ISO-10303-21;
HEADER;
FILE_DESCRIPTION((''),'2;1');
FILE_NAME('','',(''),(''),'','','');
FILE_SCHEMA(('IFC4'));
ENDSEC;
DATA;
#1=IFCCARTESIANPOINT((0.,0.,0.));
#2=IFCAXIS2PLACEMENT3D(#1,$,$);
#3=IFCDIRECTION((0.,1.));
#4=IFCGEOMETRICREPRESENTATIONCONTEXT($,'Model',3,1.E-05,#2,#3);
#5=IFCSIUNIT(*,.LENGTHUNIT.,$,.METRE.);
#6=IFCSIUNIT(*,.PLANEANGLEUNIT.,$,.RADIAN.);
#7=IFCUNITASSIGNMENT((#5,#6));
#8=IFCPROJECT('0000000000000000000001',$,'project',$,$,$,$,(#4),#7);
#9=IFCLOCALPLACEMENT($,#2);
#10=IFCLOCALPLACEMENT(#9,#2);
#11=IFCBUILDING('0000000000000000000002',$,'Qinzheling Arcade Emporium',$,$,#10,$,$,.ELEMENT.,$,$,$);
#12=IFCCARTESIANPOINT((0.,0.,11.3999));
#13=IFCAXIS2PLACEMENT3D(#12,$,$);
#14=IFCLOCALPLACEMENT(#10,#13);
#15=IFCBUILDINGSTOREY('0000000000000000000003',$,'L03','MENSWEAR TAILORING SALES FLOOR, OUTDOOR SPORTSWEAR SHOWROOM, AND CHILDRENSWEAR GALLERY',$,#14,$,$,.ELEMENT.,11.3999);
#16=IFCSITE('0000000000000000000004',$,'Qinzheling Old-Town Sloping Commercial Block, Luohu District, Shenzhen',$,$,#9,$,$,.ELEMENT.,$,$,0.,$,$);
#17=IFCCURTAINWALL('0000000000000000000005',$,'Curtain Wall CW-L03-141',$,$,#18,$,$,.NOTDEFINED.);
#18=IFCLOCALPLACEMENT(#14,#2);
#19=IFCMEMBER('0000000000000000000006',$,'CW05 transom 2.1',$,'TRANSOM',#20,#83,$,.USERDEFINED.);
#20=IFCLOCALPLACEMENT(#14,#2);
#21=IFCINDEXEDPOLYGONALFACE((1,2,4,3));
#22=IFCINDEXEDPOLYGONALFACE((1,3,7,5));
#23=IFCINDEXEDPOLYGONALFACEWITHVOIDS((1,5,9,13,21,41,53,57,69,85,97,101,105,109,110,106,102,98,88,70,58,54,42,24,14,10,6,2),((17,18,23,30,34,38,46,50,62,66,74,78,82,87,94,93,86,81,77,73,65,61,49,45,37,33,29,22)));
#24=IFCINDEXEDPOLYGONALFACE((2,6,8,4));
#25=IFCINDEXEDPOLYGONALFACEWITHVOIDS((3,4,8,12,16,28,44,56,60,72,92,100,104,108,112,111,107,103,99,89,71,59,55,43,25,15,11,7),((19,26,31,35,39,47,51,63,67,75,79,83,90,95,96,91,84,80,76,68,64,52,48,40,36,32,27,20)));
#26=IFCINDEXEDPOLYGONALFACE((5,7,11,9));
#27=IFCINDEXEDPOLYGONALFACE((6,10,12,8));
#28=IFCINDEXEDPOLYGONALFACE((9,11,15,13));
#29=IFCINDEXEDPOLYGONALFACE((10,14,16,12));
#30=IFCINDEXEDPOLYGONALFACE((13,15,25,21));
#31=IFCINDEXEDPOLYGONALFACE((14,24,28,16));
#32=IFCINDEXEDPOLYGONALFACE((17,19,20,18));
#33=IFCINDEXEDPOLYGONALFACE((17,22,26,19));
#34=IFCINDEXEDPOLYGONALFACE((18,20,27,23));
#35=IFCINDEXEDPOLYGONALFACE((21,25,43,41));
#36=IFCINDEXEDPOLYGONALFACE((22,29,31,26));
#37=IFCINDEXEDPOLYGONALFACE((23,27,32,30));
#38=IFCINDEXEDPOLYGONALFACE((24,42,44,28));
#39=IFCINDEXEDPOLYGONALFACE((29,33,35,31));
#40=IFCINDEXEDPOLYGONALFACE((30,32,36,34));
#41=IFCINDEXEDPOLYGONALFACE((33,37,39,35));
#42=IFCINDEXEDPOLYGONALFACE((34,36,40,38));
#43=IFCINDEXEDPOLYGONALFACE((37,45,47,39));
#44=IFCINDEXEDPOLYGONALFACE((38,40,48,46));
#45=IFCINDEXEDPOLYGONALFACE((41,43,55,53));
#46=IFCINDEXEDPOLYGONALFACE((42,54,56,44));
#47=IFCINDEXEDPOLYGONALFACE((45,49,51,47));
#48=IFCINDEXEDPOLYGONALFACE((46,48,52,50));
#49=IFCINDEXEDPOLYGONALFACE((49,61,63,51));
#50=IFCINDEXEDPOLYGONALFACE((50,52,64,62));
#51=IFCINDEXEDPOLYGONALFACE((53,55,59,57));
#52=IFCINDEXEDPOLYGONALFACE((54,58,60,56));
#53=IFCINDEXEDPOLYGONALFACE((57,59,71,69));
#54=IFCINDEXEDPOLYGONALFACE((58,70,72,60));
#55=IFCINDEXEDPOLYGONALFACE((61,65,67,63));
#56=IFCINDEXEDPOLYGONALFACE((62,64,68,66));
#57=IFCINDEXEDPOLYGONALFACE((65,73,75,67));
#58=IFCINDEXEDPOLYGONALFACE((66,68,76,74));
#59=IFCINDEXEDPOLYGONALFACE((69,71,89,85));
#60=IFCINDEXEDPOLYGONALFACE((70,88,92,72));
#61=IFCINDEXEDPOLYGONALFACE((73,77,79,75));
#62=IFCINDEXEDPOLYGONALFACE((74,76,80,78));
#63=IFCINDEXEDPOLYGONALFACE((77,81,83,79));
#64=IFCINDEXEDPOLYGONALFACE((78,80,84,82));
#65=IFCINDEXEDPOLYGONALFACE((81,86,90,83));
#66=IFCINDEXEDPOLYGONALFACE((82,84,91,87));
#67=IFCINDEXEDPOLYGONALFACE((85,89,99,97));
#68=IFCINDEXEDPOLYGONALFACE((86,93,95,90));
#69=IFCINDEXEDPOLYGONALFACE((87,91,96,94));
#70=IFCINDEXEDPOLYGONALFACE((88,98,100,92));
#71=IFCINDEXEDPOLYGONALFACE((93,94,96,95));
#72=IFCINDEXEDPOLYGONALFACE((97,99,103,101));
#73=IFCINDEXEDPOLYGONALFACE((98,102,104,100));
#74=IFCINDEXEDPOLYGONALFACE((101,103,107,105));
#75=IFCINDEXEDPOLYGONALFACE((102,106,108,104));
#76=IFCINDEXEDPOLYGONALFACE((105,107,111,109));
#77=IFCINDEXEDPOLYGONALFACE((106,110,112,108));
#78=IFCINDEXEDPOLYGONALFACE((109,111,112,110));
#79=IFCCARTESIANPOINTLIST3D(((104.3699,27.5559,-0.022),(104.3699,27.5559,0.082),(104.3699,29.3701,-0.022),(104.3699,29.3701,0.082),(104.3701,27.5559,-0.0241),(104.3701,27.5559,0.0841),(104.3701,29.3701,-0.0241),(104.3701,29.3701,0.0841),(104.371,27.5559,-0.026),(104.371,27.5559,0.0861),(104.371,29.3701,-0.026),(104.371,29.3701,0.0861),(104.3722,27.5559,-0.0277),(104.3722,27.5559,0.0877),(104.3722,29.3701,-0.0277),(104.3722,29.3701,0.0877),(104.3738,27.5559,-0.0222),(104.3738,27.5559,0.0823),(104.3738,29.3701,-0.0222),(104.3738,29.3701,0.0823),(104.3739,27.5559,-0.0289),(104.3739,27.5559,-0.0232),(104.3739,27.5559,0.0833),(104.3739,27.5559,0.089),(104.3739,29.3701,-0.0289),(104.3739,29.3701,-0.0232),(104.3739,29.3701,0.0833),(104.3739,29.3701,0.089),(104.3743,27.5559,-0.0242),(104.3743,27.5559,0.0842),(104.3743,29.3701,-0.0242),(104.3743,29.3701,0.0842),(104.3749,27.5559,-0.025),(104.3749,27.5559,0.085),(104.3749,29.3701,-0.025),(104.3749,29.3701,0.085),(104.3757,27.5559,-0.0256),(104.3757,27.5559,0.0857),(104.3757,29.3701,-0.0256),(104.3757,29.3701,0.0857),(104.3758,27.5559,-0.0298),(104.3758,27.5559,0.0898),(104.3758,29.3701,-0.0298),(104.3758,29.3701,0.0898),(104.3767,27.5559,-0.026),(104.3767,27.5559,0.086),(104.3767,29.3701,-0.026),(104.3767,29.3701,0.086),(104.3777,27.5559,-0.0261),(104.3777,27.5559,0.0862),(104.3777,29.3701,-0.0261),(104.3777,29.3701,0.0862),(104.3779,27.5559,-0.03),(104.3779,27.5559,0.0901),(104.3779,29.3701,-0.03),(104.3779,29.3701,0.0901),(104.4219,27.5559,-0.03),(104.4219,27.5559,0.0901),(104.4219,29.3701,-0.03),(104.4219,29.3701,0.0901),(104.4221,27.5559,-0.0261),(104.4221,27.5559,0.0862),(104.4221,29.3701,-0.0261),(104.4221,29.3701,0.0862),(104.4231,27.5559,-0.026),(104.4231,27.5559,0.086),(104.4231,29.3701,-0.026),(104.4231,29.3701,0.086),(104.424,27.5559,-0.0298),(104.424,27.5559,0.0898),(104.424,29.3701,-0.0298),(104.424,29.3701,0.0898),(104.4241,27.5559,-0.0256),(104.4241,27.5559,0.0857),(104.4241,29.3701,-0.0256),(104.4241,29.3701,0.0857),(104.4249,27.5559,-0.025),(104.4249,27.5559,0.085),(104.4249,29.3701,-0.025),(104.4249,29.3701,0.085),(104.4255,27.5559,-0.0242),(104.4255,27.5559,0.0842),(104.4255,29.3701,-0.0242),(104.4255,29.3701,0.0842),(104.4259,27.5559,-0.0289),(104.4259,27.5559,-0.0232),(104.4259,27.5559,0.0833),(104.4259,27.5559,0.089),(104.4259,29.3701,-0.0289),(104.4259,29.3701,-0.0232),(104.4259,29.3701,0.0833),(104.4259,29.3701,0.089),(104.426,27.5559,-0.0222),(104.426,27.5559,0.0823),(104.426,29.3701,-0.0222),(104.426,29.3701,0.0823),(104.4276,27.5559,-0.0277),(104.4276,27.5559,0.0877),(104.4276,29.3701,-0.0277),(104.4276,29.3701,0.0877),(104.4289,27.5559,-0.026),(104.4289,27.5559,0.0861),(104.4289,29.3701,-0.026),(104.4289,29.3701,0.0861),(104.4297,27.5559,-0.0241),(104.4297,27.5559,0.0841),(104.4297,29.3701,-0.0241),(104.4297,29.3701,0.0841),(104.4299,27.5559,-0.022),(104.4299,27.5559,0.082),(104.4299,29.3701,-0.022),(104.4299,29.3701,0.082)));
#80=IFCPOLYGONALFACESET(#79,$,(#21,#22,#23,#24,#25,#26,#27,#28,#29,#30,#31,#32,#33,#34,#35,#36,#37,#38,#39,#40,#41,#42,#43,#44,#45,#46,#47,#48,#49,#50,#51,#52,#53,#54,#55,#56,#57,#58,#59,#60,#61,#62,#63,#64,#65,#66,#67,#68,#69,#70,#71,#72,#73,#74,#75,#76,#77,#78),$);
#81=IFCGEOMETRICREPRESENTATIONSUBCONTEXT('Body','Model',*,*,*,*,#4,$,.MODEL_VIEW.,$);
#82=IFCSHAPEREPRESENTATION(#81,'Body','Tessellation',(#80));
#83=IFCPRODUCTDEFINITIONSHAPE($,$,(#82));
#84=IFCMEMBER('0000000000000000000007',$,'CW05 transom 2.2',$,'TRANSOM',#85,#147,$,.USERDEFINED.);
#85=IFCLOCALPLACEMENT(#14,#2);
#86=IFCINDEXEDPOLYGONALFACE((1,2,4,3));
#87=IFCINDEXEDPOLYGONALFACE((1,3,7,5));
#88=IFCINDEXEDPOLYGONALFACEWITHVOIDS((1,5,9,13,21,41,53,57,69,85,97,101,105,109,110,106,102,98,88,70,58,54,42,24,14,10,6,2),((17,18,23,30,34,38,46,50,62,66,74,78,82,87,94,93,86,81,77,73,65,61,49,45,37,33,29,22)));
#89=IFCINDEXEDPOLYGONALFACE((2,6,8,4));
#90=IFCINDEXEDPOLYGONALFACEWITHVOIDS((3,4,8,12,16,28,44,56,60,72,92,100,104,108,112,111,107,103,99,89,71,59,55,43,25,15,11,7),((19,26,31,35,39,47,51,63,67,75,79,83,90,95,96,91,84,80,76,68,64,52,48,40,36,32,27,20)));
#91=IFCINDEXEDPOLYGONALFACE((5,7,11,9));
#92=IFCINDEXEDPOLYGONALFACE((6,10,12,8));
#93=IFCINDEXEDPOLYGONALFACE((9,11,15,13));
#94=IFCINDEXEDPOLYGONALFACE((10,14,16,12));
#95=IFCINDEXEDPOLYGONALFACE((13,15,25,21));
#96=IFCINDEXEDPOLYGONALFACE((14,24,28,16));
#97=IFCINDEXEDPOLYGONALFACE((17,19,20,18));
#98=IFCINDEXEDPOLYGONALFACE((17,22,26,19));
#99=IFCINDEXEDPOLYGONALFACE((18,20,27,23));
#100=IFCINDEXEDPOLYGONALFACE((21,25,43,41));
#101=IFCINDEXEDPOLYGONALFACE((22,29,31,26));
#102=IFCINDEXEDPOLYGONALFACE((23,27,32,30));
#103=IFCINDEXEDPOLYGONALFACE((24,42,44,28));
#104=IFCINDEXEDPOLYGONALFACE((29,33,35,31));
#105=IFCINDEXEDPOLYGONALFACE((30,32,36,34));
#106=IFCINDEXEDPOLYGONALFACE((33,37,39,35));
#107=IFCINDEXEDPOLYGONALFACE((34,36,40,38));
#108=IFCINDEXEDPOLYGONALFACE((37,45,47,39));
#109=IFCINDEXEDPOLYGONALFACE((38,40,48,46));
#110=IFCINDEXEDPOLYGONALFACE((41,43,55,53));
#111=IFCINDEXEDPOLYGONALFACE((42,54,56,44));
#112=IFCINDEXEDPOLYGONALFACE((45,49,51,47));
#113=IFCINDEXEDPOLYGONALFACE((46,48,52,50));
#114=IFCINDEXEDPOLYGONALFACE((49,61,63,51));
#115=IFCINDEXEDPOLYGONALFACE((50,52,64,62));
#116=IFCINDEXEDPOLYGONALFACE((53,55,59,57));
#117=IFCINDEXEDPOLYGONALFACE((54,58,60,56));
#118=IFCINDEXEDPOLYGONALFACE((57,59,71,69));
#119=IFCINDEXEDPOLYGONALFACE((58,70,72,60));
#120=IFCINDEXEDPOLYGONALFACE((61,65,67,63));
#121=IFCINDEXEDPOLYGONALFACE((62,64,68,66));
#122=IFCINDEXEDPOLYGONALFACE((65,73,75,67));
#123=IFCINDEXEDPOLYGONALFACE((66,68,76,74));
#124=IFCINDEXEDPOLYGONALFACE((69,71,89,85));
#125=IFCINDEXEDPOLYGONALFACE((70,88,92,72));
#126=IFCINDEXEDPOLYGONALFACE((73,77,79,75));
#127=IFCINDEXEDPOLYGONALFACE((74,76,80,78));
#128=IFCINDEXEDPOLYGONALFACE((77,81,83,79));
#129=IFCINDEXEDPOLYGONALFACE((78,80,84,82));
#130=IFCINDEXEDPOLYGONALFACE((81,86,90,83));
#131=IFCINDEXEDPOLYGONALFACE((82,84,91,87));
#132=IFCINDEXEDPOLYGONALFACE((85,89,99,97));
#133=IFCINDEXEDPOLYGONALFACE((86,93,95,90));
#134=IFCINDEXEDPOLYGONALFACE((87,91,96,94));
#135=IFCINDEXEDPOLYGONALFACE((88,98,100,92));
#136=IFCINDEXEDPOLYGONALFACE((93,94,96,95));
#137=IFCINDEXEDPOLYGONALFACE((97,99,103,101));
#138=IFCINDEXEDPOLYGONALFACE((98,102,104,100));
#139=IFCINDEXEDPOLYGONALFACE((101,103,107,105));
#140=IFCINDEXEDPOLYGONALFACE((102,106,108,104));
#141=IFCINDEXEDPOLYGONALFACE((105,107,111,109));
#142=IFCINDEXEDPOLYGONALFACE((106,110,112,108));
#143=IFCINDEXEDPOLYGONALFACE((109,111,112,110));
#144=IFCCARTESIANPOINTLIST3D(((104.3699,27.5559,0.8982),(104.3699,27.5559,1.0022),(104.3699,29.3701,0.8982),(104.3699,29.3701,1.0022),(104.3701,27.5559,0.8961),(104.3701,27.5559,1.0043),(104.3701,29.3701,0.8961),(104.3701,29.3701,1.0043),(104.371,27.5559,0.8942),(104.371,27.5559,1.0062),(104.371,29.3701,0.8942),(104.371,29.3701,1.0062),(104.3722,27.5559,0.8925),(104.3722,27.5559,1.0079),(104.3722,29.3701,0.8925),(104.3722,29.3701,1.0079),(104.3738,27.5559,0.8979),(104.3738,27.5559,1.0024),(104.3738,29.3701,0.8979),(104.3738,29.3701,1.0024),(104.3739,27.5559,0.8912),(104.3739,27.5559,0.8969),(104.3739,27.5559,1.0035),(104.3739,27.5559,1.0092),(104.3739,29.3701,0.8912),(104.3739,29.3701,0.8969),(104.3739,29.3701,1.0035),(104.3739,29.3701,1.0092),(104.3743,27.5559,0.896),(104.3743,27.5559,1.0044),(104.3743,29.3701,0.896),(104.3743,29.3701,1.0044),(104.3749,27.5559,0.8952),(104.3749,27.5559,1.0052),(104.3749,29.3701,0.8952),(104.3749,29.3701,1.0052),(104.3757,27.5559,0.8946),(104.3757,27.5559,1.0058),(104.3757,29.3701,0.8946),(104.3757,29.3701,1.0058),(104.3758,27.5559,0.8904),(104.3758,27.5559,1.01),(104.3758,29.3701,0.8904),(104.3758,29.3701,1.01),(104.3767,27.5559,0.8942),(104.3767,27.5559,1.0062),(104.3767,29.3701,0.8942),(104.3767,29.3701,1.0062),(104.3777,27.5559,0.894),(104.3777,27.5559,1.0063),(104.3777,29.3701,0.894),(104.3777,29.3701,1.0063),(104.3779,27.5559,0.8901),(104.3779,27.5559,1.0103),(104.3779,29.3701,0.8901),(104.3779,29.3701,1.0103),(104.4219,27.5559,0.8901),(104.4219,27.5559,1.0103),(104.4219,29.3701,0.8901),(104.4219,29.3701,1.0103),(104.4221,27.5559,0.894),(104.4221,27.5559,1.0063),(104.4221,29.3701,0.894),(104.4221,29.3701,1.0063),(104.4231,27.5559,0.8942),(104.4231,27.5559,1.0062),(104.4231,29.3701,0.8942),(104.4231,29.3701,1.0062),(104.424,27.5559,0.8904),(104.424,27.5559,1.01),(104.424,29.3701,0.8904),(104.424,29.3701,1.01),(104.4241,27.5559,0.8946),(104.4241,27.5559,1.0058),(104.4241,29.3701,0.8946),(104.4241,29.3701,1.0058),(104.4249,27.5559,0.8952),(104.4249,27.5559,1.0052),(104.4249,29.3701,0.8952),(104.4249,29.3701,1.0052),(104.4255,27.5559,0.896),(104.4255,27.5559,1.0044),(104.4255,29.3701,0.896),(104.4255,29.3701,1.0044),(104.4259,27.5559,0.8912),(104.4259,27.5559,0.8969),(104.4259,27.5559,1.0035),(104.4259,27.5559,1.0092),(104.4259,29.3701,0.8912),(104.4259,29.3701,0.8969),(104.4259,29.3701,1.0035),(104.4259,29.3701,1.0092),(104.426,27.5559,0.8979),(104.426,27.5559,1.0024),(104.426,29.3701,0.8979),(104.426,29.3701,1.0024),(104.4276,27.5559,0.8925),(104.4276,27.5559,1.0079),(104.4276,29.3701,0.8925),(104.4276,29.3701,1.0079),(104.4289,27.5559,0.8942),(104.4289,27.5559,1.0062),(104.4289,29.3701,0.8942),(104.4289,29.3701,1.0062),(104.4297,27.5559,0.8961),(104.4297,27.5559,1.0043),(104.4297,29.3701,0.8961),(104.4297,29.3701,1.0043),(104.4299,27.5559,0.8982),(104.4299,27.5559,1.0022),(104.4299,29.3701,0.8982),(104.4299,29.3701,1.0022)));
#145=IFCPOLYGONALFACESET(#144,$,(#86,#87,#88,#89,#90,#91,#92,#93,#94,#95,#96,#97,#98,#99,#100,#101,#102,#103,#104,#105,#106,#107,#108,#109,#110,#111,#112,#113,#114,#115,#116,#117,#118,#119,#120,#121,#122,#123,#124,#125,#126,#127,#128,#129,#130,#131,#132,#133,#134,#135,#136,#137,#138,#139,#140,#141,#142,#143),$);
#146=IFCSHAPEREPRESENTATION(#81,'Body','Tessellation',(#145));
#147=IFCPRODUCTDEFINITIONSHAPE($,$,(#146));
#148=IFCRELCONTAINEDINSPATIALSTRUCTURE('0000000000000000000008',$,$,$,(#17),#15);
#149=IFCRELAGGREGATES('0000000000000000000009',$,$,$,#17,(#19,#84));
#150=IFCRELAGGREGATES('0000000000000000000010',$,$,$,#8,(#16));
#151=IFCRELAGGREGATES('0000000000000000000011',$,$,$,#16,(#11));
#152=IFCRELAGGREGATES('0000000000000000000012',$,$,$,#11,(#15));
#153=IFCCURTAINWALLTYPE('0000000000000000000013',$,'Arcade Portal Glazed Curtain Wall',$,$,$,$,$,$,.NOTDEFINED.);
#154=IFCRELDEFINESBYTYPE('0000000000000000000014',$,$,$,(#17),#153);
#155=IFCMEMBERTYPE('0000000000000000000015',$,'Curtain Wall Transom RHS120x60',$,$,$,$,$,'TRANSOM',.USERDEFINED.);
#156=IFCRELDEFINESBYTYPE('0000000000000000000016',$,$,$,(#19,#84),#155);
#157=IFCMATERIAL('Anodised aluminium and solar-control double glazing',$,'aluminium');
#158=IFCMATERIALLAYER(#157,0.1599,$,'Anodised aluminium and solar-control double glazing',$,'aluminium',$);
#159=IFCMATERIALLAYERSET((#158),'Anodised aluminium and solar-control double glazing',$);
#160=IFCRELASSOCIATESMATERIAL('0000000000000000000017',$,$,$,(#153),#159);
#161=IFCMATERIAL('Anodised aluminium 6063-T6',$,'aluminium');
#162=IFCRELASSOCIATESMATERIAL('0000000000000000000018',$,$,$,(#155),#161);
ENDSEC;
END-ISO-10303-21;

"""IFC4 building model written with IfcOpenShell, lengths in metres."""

from ifc_helpers import new_model, si_unit, direction, frame, origin, origin_2d, place, context, subcontext, project, spatial, hollow_rectangle, extrude, material, layer, layer_set, material_profile, profile_set, type_object, element, aggregate, save


model = new_model("IFC4")

# Units and contexts
model_context = context("Model", 3, precision=1e-05, world=origin(), true_north=direction((0.0, 1.0)))
body_context = subcontext(model_context, "Body", "Model", "MODEL_VIEW")
ifc_project = project(units=[si_unit("LENGTHUNIT", "METRE"), si_unit("PLANEANGLEUNIT", "RADIAN")], contexts=[model_context])

# Site, building, storey
site_placement = place(None, origin())
site = spatial("IfcSite", under=ifc_project, at=site_placement, Name="Qinzheling Old-Town Sloping Commercial Block, Luohu District, Shenzhen", CompositionType="ELEMENT", RefElevation=0.0)
building_placement = place(site_placement, origin())
building = spatial("IfcBuilding", under=site, at=building_placement, Name="Qinzheling Arcade Emporium", CompositionType="ELEMENT")
storey_placement = place(building_placement, frame((0.0, 0.0, 11.3999)))
storey = spatial("IfcBuildingStorey", under=building, at=storey_placement, Name="L03", Description="MENSWEAR TAILORING SALES FLOOR, OUTDOOR SPORTSWEAR SHOWROOM, AND CHILDRENSWEAR GALLERY", CompositionType="ELEMENT", Elevation=11.3999)

# Curtain wall, members
ifc_material_1 = material(Name="Anodised aluminium and solar-control double glazing", Category="aluminium")
ifc_layer_1 = layer(ifc_material_1, 0.1599, Name="Anodised aluminium and solar-control double glazing", Category="aluminium")
ifc_layer_set_1 = layer_set([ifc_layer_1], Name="Anodised aluminium and solar-control double glazing")
curtain_wall_type = type_object("IfcCurtainWallType", Name="Arcade Portal Glazed Curtain Wall", PredefinedType="NOTDEFINED", material=ifc_layer_set_1)
curtain_wall_placement = place(storey_placement, origin())
curtain_wall = element("IfcCurtainWall", 1, at=curtain_wall_placement, inside=storey, type_object=curtain_wall_type, Name="Curtain Wall CW-L03-141", PredefinedType="NOTDEFINED")
ifc_material_2 = material(Name="Anodised aluminium 6063-T6", Category="aluminium")
ifc_material_profile_1 = material_profile(ifc_material_2, hollow_rectangle(XDim=0.0601, YDim=0.1201, WallThickness=0.0039, InnerFilletRadius=0.0039, OuterFilletRadius=0.0081, at=origin_2d()), Name="RHS 120x60x4", Category="aluminium")
ifc_profile_set_1 = profile_set([ifc_material_profile_1], Name="Anodised aluminium 6063-T6")
member_type_1 = type_object("IfcMemberType", Name="Curtain Wall Transom RHS120x60", ElementType="TRANSOM", PredefinedType="USERDEFINED", material=ifc_profile_set_1)
member_1_placement = place(storey_placement, frame((104.3999, 27.5559, 0.03), z_axis=(0.0, 1.0, 0.0), x_axis=(-1.0, 0.0, 0.0)))
member_1 = element("IfcMember", 2, at=member_1_placement, type_object=member_type_1, Name="CW05 transom 2.1", ObjectType="TRANSOM", PredefinedType="USERDEFINED", context=body_context, shape_type="SweptSolid", body=[
    extrude(hollow_rectangle(XDim=0.0601, YDim=0.1201, WallThickness=0.0039, InnerFilletRadius=0.0039, OuterFilletRadius=0.0081, at=origin_2d()), origin(), (0.0, 0.0, 1.0), 1.8142),
])
member_2_placement = place(storey_placement, frame((104.3999, 27.5559, 0.9502), z_axis=(0.0, 1.0, 0.0), x_axis=(-1.0, 0.0, 0.0)))
member_2 = element("IfcMember", 3, at=member_2_placement, type_object=member_type_1, Name="CW05 transom 2.2", ObjectType="TRANSOM", PredefinedType="USERDEFINED", context=body_context, shape_type="SweptSolid", body=[
    extrude(hollow_rectangle(XDim=0.0601, YDim=0.1201, WallThickness=0.0039, InnerFilletRadius=0.0039, OuterFilletRadius=0.0081, at=origin_2d()), origin(), (0.0, 0.0, 1.0), 1.8142),
])
aggregate(curtain_wall, [member_1, member_2])

save(model, "model.ifc")
